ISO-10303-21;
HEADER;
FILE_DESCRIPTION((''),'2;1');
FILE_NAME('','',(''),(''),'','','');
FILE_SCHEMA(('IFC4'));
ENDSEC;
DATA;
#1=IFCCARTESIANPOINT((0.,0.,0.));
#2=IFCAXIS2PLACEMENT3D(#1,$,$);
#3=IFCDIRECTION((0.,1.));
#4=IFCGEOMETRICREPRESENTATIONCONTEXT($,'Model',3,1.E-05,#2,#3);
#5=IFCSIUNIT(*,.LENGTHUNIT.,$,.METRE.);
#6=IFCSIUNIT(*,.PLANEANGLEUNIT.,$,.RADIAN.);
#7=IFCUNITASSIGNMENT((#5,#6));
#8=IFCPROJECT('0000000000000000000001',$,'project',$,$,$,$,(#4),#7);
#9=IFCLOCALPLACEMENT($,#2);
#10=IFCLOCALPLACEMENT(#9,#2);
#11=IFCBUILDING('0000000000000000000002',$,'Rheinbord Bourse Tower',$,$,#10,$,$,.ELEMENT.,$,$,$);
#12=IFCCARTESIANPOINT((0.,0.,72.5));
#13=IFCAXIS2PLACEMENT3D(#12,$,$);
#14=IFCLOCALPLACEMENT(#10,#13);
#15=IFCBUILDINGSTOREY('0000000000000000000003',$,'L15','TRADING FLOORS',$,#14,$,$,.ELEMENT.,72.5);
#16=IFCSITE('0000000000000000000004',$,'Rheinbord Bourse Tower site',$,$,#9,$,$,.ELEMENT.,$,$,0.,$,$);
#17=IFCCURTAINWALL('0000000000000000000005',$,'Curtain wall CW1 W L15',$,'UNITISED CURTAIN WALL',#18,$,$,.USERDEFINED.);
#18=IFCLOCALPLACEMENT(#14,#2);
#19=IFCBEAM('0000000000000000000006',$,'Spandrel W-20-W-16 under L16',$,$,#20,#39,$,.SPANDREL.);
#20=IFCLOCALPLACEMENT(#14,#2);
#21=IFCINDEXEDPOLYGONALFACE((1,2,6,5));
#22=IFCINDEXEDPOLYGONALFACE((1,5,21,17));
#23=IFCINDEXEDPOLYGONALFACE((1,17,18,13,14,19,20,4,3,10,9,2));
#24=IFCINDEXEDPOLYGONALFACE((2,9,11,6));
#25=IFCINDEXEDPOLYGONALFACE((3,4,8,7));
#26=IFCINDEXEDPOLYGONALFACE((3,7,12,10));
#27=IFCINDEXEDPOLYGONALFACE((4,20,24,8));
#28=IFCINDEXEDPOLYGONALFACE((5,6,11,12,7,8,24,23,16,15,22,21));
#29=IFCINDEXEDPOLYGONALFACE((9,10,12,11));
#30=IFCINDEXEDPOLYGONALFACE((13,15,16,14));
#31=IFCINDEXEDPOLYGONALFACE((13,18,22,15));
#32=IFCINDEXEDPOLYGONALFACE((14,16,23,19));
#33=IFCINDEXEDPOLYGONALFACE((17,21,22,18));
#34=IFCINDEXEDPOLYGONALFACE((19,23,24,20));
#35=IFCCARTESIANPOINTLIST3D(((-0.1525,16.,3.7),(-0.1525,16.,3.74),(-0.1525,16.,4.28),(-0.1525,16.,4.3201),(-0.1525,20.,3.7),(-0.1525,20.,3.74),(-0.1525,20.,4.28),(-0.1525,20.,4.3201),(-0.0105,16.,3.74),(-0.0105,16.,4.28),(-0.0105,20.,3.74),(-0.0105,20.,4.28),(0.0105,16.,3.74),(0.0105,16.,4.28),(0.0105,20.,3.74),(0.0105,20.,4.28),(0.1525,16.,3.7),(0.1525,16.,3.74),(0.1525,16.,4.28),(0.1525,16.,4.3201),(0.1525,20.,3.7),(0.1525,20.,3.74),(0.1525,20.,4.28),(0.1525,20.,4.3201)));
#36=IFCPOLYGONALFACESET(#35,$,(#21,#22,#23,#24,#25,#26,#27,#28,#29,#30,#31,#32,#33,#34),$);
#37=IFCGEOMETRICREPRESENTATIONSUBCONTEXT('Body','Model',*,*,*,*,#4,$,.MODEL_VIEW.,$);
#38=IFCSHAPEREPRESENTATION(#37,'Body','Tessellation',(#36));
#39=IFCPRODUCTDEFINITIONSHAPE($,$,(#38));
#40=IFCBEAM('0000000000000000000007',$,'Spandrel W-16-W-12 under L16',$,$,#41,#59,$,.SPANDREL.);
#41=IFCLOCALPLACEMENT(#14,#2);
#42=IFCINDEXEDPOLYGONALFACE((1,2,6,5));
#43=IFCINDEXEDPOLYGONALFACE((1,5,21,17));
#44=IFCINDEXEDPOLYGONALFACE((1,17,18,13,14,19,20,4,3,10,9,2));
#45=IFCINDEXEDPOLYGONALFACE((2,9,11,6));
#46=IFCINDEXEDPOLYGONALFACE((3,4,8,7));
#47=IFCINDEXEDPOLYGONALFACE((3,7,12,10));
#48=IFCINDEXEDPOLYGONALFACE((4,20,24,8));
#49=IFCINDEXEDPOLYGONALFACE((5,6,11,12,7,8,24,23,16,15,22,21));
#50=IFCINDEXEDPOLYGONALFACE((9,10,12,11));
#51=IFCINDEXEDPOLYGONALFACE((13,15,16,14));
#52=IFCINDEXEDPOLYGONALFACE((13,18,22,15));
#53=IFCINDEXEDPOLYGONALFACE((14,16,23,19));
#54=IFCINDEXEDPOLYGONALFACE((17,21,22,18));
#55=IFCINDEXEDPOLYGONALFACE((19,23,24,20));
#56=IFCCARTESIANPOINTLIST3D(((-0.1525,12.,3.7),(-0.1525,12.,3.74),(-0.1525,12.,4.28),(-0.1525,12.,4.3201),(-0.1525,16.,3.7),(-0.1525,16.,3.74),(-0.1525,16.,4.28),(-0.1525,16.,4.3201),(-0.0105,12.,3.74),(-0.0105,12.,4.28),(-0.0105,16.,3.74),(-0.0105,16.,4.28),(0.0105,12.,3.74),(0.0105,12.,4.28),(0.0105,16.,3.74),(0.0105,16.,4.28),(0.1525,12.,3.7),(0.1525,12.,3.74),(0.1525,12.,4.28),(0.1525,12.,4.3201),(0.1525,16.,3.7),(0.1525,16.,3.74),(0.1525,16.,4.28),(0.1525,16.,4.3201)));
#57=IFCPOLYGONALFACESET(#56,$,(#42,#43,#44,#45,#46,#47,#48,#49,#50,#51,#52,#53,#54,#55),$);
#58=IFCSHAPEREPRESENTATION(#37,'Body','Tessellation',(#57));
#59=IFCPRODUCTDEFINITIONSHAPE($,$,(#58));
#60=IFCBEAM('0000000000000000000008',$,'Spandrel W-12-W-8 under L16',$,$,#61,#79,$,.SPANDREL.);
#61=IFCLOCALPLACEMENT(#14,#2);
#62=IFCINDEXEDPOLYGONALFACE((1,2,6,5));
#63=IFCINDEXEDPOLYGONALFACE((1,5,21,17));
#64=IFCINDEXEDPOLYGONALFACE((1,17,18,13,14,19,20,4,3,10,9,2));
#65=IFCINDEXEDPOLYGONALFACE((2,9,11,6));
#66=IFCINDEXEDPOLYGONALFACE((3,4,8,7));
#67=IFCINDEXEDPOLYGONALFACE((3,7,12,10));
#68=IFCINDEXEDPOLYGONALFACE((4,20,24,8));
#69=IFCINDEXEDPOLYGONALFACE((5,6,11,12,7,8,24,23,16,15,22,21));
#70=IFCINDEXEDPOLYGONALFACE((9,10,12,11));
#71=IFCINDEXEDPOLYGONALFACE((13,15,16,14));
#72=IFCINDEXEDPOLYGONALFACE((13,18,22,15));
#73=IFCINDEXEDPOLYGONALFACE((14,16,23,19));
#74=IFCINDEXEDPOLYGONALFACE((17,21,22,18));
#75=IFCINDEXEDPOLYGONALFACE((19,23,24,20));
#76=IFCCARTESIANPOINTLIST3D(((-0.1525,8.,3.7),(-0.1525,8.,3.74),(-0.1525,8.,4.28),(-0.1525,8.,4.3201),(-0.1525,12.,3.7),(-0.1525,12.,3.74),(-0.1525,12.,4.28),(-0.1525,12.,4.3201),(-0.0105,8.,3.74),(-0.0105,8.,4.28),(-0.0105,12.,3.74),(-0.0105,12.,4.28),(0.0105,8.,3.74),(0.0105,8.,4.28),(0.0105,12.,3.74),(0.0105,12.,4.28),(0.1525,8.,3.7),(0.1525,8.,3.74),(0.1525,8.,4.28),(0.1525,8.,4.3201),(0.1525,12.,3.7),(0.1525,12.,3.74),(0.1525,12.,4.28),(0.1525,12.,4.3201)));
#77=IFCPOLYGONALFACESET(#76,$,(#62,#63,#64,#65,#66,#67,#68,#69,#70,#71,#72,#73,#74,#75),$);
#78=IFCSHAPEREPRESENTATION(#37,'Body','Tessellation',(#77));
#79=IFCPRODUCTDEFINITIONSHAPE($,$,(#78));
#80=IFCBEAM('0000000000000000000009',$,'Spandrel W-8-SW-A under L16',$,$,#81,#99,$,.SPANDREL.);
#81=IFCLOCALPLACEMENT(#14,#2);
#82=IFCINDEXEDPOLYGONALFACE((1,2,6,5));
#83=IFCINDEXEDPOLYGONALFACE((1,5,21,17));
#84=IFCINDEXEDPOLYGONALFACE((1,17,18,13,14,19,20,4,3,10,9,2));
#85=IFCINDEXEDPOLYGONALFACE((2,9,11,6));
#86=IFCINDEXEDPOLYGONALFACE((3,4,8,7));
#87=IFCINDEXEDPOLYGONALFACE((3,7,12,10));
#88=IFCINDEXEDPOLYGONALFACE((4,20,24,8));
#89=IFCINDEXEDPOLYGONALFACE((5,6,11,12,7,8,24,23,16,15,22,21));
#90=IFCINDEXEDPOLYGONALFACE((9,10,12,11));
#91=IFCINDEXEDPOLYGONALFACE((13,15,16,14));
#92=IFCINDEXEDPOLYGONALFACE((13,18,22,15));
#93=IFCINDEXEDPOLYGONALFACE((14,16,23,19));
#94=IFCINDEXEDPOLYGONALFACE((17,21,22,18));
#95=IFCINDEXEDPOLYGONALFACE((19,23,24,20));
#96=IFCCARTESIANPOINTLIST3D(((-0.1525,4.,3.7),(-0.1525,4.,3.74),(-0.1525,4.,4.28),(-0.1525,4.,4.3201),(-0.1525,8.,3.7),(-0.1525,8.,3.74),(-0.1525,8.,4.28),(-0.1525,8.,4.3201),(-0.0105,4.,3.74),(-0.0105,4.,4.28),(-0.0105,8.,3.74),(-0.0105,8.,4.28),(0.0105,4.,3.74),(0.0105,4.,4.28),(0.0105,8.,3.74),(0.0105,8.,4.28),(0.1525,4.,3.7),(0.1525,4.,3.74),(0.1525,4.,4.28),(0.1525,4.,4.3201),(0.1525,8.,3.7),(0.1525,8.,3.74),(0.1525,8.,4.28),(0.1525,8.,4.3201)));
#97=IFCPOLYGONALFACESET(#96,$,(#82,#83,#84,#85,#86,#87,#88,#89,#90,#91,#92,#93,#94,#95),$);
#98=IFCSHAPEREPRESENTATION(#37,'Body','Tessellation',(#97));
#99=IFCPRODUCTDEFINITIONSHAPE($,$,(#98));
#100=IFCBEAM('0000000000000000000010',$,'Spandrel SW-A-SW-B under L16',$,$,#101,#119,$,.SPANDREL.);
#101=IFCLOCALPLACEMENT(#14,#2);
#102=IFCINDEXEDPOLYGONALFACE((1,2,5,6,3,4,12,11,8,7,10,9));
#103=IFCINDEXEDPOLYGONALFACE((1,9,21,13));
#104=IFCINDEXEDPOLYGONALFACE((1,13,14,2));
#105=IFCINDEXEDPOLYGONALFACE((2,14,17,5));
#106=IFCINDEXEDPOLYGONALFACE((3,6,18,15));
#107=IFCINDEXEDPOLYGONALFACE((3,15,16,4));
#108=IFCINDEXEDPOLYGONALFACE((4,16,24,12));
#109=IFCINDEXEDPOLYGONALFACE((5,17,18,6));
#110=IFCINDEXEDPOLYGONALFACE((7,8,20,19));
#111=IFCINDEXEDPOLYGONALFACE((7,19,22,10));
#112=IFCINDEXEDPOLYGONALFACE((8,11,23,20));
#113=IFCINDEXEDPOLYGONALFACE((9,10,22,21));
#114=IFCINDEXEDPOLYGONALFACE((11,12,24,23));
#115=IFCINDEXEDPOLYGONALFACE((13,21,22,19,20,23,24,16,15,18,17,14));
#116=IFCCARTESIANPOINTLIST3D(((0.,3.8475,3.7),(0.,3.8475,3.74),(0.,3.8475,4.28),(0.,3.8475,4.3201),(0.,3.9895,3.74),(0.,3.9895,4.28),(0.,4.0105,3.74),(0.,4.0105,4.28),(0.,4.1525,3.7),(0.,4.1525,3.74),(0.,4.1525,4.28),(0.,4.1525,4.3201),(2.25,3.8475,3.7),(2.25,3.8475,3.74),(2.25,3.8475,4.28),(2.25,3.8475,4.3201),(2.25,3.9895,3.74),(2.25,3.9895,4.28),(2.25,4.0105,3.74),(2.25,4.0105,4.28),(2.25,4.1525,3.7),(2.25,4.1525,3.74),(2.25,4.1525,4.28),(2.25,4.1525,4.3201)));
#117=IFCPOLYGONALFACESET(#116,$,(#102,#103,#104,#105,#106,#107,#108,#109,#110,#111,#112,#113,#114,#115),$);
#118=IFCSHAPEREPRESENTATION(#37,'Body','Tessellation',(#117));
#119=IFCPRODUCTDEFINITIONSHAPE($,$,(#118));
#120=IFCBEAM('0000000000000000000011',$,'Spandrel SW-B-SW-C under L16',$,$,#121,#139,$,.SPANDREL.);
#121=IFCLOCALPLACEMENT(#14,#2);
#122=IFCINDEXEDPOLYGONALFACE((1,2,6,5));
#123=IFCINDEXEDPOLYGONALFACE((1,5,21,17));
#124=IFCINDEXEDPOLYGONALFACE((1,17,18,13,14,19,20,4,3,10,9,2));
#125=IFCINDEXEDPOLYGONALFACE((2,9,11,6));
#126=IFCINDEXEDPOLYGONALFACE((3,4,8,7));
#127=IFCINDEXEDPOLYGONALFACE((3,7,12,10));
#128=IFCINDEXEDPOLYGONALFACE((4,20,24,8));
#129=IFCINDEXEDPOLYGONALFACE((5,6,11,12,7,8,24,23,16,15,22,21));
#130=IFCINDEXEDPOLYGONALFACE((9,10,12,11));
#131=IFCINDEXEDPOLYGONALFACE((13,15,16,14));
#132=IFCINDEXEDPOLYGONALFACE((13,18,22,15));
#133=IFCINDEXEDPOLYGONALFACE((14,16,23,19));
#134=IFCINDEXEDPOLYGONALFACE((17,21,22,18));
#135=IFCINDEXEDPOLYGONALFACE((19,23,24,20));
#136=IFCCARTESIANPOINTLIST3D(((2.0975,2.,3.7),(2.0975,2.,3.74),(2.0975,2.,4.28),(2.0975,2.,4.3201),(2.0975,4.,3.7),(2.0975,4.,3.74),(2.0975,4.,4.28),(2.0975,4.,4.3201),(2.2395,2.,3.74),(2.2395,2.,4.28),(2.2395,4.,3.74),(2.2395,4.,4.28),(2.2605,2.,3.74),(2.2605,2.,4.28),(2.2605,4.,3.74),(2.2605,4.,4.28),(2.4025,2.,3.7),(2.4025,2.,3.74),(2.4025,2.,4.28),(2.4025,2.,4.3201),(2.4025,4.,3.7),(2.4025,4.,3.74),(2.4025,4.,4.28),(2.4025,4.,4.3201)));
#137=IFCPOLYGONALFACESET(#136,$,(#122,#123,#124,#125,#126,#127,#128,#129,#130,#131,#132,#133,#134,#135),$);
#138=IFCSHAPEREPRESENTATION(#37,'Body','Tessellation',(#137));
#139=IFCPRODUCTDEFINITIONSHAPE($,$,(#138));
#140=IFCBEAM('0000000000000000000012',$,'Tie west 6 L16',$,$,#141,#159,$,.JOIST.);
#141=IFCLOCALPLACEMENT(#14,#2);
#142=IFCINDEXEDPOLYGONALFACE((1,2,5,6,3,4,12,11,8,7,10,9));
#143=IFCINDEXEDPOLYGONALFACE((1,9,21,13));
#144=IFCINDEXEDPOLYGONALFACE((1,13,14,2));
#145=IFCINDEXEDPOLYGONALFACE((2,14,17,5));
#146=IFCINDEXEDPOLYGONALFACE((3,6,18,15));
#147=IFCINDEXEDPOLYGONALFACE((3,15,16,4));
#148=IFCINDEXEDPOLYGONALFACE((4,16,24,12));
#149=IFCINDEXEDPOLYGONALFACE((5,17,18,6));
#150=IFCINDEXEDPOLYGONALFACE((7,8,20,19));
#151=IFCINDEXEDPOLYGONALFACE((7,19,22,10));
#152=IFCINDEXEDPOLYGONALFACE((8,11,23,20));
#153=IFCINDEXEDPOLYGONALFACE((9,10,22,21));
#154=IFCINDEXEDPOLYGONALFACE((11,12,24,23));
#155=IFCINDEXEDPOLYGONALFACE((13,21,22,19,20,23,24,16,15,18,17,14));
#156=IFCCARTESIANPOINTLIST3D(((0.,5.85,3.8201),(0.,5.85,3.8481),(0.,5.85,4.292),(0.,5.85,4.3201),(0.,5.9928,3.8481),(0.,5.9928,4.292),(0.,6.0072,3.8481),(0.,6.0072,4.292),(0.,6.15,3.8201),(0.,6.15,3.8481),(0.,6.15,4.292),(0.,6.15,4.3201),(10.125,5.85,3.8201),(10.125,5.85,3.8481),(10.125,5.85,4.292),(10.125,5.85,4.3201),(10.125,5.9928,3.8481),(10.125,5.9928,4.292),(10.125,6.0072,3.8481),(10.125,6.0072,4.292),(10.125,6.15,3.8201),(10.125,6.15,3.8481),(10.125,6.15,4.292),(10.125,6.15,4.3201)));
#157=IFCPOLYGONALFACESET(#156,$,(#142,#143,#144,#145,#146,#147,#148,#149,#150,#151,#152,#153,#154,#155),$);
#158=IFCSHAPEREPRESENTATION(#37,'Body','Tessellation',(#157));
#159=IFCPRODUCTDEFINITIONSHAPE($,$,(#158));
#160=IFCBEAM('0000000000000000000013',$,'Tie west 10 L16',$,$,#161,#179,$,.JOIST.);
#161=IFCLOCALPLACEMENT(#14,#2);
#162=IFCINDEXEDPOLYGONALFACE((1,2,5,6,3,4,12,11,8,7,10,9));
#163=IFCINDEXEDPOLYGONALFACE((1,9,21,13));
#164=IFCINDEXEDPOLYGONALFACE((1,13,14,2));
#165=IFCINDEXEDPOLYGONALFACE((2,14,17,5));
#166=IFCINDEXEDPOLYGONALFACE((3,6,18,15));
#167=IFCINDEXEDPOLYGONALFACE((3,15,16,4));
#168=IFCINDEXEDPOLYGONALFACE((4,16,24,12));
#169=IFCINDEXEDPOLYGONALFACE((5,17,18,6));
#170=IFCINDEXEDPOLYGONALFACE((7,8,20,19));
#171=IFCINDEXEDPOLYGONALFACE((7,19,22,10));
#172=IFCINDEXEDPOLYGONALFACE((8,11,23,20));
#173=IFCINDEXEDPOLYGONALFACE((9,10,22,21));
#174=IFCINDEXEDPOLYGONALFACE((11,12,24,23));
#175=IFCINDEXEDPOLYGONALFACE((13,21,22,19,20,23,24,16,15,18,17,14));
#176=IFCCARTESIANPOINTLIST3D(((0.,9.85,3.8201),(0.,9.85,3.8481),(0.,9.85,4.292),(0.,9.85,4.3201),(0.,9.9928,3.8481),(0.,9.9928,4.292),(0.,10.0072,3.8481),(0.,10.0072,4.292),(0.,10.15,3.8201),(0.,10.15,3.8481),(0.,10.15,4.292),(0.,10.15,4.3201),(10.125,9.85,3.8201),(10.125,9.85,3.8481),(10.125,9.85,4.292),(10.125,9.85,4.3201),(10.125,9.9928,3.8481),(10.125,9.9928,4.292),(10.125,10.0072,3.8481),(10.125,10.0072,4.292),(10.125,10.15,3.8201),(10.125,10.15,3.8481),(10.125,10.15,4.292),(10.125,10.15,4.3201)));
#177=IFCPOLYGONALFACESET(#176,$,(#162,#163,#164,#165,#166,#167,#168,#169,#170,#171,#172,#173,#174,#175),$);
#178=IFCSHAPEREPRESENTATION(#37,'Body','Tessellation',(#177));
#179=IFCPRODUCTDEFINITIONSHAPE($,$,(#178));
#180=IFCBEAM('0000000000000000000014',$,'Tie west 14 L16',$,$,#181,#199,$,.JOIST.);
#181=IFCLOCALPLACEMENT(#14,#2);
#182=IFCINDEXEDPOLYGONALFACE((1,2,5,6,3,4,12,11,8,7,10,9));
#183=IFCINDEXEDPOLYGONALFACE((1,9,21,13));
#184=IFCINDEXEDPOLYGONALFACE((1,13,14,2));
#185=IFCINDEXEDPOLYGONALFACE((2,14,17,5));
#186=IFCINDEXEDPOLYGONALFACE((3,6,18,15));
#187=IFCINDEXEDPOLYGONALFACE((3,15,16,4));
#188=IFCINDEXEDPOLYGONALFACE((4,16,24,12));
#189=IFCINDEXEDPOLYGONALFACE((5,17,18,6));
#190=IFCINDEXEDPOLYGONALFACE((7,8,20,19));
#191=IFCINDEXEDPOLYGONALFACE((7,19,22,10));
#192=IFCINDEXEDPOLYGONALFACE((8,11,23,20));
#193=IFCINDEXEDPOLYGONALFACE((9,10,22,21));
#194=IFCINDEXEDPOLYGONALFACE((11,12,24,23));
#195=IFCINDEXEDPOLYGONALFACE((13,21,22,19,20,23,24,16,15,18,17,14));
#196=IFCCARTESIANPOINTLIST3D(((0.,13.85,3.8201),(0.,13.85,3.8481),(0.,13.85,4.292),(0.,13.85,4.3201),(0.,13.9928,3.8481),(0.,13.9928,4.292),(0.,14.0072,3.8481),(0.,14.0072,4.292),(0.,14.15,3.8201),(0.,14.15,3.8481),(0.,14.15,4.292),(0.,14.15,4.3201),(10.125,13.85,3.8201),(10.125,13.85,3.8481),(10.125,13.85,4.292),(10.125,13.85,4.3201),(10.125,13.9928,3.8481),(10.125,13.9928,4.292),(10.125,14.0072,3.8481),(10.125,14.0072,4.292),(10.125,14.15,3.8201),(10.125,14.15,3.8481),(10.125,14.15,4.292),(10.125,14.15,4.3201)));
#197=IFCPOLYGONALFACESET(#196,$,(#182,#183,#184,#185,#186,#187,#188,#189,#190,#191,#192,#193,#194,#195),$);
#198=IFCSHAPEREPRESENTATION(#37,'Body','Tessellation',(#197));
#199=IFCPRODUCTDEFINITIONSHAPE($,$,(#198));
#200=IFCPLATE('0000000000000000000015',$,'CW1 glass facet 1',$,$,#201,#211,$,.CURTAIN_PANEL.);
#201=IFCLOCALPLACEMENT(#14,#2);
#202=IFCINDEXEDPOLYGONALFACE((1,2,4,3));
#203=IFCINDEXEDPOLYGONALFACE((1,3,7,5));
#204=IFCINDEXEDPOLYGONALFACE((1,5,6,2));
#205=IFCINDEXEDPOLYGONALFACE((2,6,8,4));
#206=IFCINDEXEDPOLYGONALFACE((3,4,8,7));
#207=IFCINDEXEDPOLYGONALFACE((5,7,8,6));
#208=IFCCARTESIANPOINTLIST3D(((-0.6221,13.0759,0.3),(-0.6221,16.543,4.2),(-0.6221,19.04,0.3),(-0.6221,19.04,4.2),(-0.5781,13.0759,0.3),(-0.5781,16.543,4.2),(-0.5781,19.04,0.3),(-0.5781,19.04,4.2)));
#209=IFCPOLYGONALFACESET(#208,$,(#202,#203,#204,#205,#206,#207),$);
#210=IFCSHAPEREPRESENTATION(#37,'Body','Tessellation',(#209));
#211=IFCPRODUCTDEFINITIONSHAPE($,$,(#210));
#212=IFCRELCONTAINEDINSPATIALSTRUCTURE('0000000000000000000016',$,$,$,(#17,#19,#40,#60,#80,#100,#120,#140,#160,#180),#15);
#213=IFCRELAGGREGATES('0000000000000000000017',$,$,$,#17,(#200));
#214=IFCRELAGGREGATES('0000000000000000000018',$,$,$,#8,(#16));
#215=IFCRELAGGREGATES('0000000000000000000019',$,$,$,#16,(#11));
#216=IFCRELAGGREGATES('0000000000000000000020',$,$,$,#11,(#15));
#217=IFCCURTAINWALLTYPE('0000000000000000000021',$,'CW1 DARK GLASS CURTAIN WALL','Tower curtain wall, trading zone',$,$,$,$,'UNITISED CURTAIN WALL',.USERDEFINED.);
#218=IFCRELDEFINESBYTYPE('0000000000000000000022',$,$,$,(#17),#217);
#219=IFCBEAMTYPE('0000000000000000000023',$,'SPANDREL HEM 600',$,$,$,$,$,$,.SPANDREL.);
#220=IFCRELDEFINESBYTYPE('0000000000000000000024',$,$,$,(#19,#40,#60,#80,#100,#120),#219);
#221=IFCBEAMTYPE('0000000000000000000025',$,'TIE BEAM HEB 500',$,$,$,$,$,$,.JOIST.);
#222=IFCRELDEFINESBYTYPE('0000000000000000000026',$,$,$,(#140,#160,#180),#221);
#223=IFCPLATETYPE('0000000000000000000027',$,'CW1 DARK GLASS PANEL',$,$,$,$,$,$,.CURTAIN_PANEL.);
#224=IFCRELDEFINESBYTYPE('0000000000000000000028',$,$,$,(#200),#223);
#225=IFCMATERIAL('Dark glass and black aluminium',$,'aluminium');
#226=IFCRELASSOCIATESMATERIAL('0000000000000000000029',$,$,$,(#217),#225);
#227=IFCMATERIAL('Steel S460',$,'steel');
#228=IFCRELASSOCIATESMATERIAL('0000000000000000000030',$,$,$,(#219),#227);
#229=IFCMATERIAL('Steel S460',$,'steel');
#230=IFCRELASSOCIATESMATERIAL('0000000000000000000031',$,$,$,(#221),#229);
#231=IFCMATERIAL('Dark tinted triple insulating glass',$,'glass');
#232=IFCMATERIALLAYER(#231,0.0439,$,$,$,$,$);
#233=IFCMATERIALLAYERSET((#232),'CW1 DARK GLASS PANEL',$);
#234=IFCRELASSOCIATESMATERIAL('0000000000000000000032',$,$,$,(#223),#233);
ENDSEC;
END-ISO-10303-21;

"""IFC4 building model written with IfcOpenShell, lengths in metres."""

from ifc_helpers import new_model, si_unit, direction, frame, origin, origin_2d, place, context, subcontext, project, spatial, polyline, i_section, outline, extrude, material, layer, layer_set, material_profile, profile_set, type_object, element, aggregate, save


model = new_model("IFC4")

# Units and contexts
model_context = context("Model", 3, precision=1e-05, world=origin(), true_north=direction((0.0, 1.0)))
body_context = subcontext(model_context, "Body", "Model", "MODEL_VIEW")
ifc_project = project(units=[si_unit("LENGTHUNIT", "METRE"), si_unit("PLANEANGLEUNIT", "RADIAN")], contexts=[model_context])

# Site, building, storey
site_placement = place(None, origin())
site = spatial("IfcSite", under=ifc_project, at=site_placement, Name="Rheinbord Bourse Tower site", CompositionType="ELEMENT", RefElevation=0.0)
building_placement = place(site_placement, origin())
building = spatial("IfcBuilding", under=site, at=building_placement, Name="Rheinbord Bourse Tower", CompositionType="ELEMENT")
storey_placement = place(building_placement, frame((0.0, 0.0, 72.5)))
storey = spatial("IfcBuildingStorey", under=building, at=storey_placement, Name="L15", Description="TRADING FLOORS", CompositionType="ELEMENT", Elevation=72.5)

# Curtain wall
ifc_material_1 = material(Name="Dark glass and black aluminium", Category="aluminium")
curtain_wall_type = type_object("IfcCurtainWallType", Name="CW1 DARK GLASS CURTAIN WALL", Description="Tower curtain wall, trading zone", ElementType="UNITISED CURTAIN WALL", PredefinedType="USERDEFINED", material=ifc_material_1)
curtain_wall_placement = place(storey_placement, origin())
curtain_wall = element("IfcCurtainWall", 1, at=curtain_wall_placement, inside=storey, type_object=curtain_wall_type, Name="Curtain wall CW1 W L15", ObjectType="UNITISED CURTAIN WALL", PredefinedType="USERDEFINED")

# Beams
ifc_material_2 = material(Name="Steel S460", Category="steel")
ifc_material_profile_1 = material_profile(ifc_material_2, i_section(OverallWidth=0.3049, OverallDepth=0.6201, WebThickness=0.021, FlangeThickness=0.04, at=origin_2d()), Name="HEM 600")
ifc_profile_set_1 = profile_set([ifc_material_profile_1], Name="Steel S460")
beam_type_1 = type_object("IfcBeamType", Name="SPANDREL HEM 600", PredefinedType="SPANDREL", material=ifc_profile_set_1)
for number, where, z_axis, x_axis, name in (
    (2, (0.0, 20.0, 4.01), (0.0, -1.0, 0.0), (1.0, 0.0, 0.0), "Spandrel W-20-W-16 under L16"),
    (3, (0.0, 16.0, 4.01), (0.0, -1.0, 0.0), (1.0, 0.0, 0.0), "Spandrel W-16-W-12 under L16"),
    (4, (0.0, 12.0, 4.01), (0.0, -1.0, 0.0), (1.0, 0.0, 0.0), "Spandrel W-12-W-8 under L16"),
    (5, (0.0, 8.0, 4.01), (0.0, -1.0, 0.0), (1.0, 0.0, 0.0), "Spandrel W-8-SW-A under L16"),
):
    element("IfcBeam", number, at=place(storey_placement, frame(where, z_axis=z_axis, x_axis=x_axis)), inside=storey, type_object=beam_type_1, Name=name, PredefinedType="SPANDREL", context=body_context, shape_type="SweptSolid", body=[
        extrude(i_section(OverallWidth=0.3049, OverallDepth=0.6201, WebThickness=0.021, FlangeThickness=0.04, at=origin_2d()), origin(), (0.0, 0.0, 1.0), 4.0),
    ])
beam_1_placement = place(storey_placement, frame((0.0, 4.0, 4.01), z_axis=(1.0, 0.0, 0.0), x_axis=(0.0, 1.0, 0.0)))
element("IfcBeam", 6, at=beam_1_placement, inside=storey, type_object=beam_type_1, Name="Spandrel SW-A-SW-B under L16", PredefinedType="SPANDREL", context=body_context, shape_type="SweptSolid", body=[
    extrude(i_section(OverallWidth=0.3049, OverallDepth=0.6201, WebThickness=0.021, FlangeThickness=0.04, at=origin_2d()), origin(), (0.0, 0.0, 1.0), 2.25),
])
beam_2_placement = place(storey_placement, frame((2.25, 4.0, 4.01), z_axis=(0.0, -1.0, 0.0), x_axis=(1.0, 0.0, 0.0)))
element("IfcBeam", 7, at=beam_2_placement, inside=storey, type_object=beam_type_1, Name="Spandrel SW-B-SW-C under L16", PredefinedType="SPANDREL", context=body_context, shape_type="SweptSolid", body=[
    extrude(i_section(OverallWidth=0.3049, OverallDepth=0.6201, WebThickness=0.021, FlangeThickness=0.04, at=origin_2d()), origin(), (0.0, 0.0, 1.0), 2.0),
])
ifc_material_3 = material(Name="Steel S460", Category="steel")
ifc_material_profile_2 = material_profile(ifc_material_3, i_section(OverallWidth=0.3, OverallDepth=0.5, WebThickness=0.0144, FlangeThickness=0.0281, at=origin_2d()), Name="HEB 500")
ifc_profile_set_2 = profile_set([ifc_material_profile_2], Name="Steel S460")
beam_type_2 = type_object("IfcBeamType", Name="TIE BEAM HEB 500", PredefinedType="JOIST", material=ifc_profile_set_2)
for number, where, z_axis, x_axis, name in (
    (8, (0.0, 6.0, 4.0701), (1.0, 0.0, 0.0), (0.0, 1.0, 0.0), "Tie west 6 L16"),
    (9, (0.0, 10.0, 4.0701), (1.0, 0.0, 0.0), (0.0, 1.0, 0.0), "Tie west 10 L16"),
    (10, (0.0, 14.0, 4.0701), (1.0, 0.0, 0.0), (0.0, 1.0, 0.0), "Tie west 14 L16"),
):
    element("IfcBeam", number, at=place(storey_placement, frame(where, z_axis=z_axis, x_axis=x_axis)), inside=storey, type_object=beam_type_2, Name=name, PredefinedType="JOIST", context=body_context, shape_type="SweptSolid", body=[
        extrude(i_section(OverallWidth=0.3, OverallDepth=0.5, WebThickness=0.0144, FlangeThickness=0.0281, at=origin_2d()), origin(), (0.0, 0.0, 1.0), 10.125),
    ])

# Plate
ifc_material_4 = material(Name="Dark tinted triple insulating glass", Category="glass")
ifc_layer_1 = layer(ifc_material_4, 0.0439)
ifc_layer_set_1 = layer_set([ifc_layer_1], Name="CW1 DARK GLASS PANEL")
plate_type = type_object("IfcPlateType", Name="CW1 DARK GLASS PANEL", PredefinedType="CURTAIN_PANEL", material=ifc_layer_set_1)
plate_1_placement = place(storey_placement, frame((-0.6221, 19.04, 0.3), z_axis=(1.0, 0.0, 0.0), x_axis=(0.0, 0.0, 1.0)))
plate_1 = element("IfcPlate", 11, at=plate_1_placement, type_object=plate_type, Name="CW1 glass facet 1", PredefinedType="CURTAIN_PANEL", context=body_context, shape_type="SweptSolid", body=[
    extrude(outline(polyline([(0.0, 0.0), (3.8999, 0.0), (3.8999, 2.4971), (0.0, 5.9641), (0.0, 0.0)])), origin(), (0.0, 0.0, 1.0), 0.0439),
])
aggregate(curtain_wall, [plate_1])

save(model, "model.ifc")
